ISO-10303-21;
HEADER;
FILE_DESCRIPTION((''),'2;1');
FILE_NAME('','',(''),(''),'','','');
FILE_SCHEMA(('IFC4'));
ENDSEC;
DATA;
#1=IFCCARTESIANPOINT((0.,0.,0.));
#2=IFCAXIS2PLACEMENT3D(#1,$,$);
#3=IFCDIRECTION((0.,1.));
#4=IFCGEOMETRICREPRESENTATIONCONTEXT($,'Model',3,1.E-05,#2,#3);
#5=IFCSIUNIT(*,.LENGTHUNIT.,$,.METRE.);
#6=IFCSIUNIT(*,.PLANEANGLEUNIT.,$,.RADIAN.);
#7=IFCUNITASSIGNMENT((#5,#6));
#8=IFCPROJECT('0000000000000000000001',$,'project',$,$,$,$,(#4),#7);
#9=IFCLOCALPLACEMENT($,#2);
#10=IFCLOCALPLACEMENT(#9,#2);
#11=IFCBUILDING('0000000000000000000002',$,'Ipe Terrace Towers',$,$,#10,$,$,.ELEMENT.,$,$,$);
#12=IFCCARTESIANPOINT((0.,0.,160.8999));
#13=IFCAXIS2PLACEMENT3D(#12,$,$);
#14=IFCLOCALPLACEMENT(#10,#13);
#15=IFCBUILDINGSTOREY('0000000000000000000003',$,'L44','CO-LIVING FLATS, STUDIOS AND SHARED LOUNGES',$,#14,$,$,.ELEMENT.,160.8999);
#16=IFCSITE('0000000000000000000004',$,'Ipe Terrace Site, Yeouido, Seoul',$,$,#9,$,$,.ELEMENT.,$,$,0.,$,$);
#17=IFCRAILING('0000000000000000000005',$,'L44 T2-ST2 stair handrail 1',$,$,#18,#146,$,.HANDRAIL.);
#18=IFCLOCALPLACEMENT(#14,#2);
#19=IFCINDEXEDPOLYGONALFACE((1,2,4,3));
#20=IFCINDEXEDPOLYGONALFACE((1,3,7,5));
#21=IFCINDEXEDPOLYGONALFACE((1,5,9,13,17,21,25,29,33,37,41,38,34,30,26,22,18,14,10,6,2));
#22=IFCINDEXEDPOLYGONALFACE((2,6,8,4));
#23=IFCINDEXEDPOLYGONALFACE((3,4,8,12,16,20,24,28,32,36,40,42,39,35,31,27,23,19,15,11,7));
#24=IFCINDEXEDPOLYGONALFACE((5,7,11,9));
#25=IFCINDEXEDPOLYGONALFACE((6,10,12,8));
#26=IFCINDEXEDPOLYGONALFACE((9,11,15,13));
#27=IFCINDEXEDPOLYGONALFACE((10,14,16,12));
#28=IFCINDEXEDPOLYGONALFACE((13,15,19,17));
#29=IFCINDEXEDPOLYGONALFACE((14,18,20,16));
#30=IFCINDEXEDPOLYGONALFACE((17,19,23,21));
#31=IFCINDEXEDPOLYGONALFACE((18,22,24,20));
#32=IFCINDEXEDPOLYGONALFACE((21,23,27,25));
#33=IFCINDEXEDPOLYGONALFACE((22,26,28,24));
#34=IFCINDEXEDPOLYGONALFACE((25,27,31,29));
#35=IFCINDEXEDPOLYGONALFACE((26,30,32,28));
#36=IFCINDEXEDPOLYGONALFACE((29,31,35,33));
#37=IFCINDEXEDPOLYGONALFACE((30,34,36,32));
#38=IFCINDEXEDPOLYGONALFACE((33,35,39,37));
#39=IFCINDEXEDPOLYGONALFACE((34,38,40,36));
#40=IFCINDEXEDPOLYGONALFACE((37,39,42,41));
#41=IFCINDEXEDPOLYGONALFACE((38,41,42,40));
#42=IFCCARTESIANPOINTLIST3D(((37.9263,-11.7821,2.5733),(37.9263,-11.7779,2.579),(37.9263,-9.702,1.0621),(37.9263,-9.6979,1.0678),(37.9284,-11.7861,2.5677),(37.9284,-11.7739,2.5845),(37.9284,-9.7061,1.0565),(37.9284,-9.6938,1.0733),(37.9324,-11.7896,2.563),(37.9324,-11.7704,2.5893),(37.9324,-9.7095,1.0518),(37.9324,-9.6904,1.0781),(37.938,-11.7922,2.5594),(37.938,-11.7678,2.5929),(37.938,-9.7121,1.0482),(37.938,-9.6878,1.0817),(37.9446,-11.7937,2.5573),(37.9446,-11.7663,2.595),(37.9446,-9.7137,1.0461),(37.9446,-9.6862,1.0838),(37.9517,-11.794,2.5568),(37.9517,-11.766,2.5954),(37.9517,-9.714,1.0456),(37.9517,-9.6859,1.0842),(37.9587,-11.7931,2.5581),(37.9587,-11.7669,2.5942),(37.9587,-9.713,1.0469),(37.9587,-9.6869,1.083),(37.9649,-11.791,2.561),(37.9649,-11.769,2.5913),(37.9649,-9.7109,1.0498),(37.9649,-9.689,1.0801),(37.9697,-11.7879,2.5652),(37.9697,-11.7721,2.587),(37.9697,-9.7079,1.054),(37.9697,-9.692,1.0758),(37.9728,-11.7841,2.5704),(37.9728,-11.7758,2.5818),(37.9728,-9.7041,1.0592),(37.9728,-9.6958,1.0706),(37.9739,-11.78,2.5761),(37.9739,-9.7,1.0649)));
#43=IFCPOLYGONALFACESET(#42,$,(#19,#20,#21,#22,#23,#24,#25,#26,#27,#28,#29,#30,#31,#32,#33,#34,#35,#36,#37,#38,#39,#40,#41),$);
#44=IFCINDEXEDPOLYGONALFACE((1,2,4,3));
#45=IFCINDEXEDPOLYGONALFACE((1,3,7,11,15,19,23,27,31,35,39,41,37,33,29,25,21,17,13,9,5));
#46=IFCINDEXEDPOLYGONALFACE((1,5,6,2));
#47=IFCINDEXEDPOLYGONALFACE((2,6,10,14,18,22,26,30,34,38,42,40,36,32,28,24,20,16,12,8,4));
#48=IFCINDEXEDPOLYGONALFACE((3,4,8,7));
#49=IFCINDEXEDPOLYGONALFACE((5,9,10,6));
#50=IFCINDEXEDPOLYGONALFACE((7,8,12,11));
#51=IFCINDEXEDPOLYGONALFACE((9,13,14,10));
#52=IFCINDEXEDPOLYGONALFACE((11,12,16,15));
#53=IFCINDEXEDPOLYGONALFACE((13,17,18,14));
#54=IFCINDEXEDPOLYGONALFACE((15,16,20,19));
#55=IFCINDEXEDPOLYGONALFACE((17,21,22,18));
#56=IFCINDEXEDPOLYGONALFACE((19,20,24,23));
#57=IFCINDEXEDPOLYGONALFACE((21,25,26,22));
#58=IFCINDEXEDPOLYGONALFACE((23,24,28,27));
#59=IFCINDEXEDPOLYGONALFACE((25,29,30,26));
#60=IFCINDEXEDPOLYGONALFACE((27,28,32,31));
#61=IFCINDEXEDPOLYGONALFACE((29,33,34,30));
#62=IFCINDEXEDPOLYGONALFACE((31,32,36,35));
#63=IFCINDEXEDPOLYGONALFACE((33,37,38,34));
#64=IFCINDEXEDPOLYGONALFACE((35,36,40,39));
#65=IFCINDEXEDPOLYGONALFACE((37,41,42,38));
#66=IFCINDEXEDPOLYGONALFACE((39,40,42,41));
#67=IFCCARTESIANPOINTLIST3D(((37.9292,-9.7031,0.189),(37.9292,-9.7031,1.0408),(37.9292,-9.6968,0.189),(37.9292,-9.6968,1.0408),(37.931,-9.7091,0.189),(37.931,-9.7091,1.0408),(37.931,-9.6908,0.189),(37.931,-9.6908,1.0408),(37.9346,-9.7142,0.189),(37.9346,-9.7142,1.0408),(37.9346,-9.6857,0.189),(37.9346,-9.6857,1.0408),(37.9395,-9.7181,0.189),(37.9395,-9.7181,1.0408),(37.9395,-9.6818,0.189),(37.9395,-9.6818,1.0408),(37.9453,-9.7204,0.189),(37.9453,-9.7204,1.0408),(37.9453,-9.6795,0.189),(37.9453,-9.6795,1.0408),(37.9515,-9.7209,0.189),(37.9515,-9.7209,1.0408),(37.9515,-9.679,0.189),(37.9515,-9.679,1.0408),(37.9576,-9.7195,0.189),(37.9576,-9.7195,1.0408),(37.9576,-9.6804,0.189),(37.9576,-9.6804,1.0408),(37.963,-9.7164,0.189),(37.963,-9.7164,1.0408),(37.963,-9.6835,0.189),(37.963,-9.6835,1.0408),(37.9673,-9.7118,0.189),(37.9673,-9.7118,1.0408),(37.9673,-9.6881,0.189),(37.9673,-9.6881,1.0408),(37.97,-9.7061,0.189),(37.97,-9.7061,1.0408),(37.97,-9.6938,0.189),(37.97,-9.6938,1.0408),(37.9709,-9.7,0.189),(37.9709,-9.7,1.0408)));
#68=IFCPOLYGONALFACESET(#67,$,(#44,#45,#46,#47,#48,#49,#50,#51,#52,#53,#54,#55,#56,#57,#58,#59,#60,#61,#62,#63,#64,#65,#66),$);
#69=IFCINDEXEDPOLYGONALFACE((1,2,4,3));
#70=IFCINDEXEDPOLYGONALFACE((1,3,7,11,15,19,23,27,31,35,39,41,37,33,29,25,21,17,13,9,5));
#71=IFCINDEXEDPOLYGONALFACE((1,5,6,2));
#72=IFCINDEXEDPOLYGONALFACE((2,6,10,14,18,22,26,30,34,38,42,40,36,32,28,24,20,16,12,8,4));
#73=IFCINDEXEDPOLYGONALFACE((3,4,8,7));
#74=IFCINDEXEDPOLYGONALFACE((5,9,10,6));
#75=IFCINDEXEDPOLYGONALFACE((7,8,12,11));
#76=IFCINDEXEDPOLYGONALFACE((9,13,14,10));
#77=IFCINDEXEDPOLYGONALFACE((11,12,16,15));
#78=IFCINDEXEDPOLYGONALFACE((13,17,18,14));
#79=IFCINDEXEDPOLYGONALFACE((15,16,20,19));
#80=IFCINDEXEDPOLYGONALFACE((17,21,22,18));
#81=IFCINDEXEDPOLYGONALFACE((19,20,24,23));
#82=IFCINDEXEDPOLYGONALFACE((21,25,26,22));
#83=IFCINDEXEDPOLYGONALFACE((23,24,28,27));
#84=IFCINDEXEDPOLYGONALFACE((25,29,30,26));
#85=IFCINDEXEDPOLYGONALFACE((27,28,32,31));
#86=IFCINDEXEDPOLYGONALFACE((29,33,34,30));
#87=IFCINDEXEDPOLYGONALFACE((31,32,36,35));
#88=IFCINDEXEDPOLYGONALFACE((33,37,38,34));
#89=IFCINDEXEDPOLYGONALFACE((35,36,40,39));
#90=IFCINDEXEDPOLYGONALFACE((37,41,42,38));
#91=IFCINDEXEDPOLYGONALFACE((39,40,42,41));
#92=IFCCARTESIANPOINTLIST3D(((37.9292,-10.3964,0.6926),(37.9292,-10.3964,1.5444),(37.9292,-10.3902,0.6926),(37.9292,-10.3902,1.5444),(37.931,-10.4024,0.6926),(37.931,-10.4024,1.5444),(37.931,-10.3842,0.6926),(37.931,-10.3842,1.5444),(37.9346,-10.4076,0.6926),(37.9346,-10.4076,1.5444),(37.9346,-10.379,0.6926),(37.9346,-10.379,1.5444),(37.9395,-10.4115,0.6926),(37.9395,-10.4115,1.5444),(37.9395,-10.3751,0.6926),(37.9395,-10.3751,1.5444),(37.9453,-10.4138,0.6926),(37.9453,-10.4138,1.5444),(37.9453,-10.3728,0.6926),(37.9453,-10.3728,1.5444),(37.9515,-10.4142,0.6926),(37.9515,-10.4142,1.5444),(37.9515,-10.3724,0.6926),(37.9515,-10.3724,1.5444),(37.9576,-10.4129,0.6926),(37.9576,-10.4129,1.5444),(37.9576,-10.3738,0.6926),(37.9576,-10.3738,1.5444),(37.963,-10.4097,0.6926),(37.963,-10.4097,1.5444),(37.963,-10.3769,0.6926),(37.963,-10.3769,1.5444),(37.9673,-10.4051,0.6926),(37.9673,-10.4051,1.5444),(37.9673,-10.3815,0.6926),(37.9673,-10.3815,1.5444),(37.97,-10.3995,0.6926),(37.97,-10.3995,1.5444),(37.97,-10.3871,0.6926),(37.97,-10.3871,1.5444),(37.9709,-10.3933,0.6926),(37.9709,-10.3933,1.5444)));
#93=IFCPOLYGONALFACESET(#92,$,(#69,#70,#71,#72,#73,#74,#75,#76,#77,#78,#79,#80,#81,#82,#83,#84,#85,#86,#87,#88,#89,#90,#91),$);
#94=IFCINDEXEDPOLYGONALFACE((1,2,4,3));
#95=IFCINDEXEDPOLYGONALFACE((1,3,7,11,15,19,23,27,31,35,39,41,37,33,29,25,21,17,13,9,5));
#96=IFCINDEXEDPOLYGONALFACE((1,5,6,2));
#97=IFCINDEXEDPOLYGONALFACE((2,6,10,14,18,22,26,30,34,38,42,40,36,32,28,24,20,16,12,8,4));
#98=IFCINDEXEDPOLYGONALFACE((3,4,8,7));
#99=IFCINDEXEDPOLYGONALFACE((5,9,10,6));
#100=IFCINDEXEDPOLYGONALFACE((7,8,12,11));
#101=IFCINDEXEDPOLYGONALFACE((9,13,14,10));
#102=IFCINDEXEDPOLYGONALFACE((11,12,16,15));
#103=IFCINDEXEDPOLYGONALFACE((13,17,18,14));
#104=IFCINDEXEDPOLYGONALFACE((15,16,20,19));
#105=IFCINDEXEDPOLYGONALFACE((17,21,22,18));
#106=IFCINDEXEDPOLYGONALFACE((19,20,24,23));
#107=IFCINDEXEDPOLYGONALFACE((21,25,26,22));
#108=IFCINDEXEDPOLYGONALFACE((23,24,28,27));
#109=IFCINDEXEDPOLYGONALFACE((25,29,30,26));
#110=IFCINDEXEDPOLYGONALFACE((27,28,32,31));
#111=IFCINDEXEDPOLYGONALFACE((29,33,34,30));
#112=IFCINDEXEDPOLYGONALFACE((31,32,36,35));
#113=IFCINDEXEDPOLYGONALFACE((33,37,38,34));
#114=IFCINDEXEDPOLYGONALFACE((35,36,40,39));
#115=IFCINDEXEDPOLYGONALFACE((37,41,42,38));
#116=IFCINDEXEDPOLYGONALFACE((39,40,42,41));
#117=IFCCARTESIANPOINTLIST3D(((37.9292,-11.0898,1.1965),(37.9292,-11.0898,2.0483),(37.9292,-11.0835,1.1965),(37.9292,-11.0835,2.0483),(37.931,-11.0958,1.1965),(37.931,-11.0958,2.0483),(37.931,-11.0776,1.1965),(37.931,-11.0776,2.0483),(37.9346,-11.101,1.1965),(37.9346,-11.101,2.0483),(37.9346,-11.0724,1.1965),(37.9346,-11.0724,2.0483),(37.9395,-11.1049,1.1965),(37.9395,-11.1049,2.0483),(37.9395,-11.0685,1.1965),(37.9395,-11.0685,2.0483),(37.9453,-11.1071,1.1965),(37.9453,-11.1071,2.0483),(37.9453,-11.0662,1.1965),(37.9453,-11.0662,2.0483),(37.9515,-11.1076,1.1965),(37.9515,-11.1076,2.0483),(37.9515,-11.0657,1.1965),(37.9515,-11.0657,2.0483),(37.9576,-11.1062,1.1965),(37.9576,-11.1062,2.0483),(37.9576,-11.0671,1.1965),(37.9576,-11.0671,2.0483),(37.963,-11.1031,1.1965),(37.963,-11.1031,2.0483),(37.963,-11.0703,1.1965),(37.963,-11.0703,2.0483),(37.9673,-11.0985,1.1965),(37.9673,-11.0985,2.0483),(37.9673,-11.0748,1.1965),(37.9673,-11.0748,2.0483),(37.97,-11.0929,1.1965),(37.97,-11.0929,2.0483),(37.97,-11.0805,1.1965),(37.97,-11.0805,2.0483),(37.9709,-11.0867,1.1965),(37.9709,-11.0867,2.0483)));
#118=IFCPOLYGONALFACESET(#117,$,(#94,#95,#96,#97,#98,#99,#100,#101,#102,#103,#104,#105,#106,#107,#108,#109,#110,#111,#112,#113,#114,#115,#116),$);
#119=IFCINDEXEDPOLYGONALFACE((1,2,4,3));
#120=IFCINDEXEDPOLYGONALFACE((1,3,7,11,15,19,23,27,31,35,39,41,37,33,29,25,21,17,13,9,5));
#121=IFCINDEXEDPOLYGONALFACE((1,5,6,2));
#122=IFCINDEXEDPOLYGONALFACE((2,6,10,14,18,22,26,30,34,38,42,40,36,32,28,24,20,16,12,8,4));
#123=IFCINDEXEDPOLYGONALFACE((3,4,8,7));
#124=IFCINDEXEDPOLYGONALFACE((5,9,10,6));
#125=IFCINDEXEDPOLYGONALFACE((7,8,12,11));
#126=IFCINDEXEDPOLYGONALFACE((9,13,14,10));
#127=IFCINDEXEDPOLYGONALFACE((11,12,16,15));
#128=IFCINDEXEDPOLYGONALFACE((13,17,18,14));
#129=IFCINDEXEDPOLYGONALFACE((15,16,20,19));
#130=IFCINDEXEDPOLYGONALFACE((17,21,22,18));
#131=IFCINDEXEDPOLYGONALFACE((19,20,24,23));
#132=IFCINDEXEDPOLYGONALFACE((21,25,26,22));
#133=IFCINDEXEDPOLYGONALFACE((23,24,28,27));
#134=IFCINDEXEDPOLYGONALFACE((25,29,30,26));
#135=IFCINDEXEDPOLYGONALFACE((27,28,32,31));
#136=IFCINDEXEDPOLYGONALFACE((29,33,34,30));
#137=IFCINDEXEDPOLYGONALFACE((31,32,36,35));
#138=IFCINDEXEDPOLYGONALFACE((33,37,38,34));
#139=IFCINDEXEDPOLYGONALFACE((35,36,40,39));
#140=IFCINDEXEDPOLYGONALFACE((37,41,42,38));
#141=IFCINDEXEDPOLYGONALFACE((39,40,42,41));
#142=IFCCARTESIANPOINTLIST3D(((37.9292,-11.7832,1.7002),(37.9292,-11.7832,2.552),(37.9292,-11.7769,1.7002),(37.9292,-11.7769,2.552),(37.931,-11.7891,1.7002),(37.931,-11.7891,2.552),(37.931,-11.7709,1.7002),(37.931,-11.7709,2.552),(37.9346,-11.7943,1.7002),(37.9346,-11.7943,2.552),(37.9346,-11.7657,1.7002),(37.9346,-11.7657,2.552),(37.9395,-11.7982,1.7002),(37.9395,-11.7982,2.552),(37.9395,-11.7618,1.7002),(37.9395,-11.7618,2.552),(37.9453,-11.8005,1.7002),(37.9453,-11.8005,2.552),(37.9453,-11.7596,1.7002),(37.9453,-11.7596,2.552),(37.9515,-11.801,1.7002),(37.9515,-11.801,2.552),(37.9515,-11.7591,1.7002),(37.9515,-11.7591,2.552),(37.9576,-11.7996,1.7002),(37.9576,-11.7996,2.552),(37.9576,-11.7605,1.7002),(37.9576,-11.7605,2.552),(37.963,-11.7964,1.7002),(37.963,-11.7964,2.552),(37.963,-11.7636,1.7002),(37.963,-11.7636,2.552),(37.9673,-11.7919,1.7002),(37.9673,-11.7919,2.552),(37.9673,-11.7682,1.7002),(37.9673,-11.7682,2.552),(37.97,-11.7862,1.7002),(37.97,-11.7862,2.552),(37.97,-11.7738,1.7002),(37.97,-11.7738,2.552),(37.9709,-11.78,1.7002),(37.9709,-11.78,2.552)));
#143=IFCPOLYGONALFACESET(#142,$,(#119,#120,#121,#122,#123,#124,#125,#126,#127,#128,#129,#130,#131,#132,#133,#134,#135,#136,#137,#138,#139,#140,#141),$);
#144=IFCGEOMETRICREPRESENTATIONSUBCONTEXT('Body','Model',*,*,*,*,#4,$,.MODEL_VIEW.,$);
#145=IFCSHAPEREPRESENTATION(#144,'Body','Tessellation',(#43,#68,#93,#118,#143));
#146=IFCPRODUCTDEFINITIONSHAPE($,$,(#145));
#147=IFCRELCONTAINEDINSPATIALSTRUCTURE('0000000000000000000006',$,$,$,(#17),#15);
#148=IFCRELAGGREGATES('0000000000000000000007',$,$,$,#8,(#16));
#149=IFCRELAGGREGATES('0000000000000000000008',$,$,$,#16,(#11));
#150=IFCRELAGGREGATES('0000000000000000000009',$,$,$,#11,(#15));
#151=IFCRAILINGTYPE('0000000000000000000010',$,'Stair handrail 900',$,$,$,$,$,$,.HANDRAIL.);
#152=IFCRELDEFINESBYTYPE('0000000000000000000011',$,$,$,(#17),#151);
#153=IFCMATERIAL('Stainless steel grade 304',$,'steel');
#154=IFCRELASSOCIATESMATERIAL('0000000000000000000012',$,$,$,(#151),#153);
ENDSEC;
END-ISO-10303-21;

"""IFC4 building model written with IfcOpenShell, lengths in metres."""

from ifc_helpers import new_model, si_unit, direction, frame, origin, origin_2d, place, context, subcontext, project, spatial, circle, extrude, material, type_object, element, save


model = new_model("IFC4")

# Units and contexts
model_context = context("Model", 3, precision=1e-05, world=origin(), true_north=direction((0.0, 1.0)))
body_context = subcontext(model_context, "Body", "Model", "MODEL_VIEW")
ifc_project = project(units=[si_unit("LENGTHUNIT", "METRE"), si_unit("PLANEANGLEUNIT", "RADIAN")], contexts=[model_context])

# Site, building, storey
site_placement = place(None, origin())
site = spatial("IfcSite", under=ifc_project, at=site_placement, Name="Ipe Terrace Site, Yeouido, Seoul", CompositionType="ELEMENT", RefElevation=0.0)
building_placement = place(site_placement, origin())
building = spatial("IfcBuilding", under=site, at=building_placement, Name="Ipe Terrace Towers", CompositionType="ELEMENT")
storey_placement = place(building_placement, frame((0.0, 0.0, 160.8999)))
storey = spatial("IfcBuildingStorey", under=building, at=storey_placement, Name="L44", Description="CO-LIVING FLATS, STUDIOS AND SHARED LOUNGES", CompositionType="ELEMENT", Elevation=160.8999)

# Railing
ifc_material_1 = material(Name="Stainless steel grade 304", Category="steel")
railing_type_1 = type_object("IfcRailingType", Name="Stair handrail 900", PredefinedType="HANDRAIL", material=ifc_material_1)
railing_1_placement = place(storey_placement, frame((37.95, -9.7, 0.189)))
element("IfcRailing", 1, at=railing_1_placement, inside=storey, type_object=railing_type_1, Name="L44 T2-ST2 stair handrail 1", PredefinedType="HANDRAIL", context=body_context, shape_type="SweptSolid", body=[
    extrude(circle(Radius=0.0239, at=origin_2d()), frame((0.0, 0.0, 0.876), z_axis=(0.0, -0.809023, 0.587776), x_axis=(1.0, 0.0, 0.0)), (0.0, 0.0, 1.0), 2.571),
    extrude(circle(Radius=0.021, at=origin_2d()), origin(), (0.0, 0.0, 1.0), 0.8518),
    extrude(circle(Radius=0.021, at=origin_2d()), frame((0.0, -0.6934, 0.5037)), (0.0, 0.0, 1.0), 0.8518),
    extrude(circle(Radius=0.021, at=origin_2d()), frame((0.0, -1.3867, 1.0076)), (0.0, 0.0, 1.0), 0.8518),
    extrude(circle(Radius=0.021, at=origin_2d()), frame((0.0, -2.0801, 1.5112)), (0.0, 0.0, 1.0), 0.8518),
])

save(model, "model.ifc")
